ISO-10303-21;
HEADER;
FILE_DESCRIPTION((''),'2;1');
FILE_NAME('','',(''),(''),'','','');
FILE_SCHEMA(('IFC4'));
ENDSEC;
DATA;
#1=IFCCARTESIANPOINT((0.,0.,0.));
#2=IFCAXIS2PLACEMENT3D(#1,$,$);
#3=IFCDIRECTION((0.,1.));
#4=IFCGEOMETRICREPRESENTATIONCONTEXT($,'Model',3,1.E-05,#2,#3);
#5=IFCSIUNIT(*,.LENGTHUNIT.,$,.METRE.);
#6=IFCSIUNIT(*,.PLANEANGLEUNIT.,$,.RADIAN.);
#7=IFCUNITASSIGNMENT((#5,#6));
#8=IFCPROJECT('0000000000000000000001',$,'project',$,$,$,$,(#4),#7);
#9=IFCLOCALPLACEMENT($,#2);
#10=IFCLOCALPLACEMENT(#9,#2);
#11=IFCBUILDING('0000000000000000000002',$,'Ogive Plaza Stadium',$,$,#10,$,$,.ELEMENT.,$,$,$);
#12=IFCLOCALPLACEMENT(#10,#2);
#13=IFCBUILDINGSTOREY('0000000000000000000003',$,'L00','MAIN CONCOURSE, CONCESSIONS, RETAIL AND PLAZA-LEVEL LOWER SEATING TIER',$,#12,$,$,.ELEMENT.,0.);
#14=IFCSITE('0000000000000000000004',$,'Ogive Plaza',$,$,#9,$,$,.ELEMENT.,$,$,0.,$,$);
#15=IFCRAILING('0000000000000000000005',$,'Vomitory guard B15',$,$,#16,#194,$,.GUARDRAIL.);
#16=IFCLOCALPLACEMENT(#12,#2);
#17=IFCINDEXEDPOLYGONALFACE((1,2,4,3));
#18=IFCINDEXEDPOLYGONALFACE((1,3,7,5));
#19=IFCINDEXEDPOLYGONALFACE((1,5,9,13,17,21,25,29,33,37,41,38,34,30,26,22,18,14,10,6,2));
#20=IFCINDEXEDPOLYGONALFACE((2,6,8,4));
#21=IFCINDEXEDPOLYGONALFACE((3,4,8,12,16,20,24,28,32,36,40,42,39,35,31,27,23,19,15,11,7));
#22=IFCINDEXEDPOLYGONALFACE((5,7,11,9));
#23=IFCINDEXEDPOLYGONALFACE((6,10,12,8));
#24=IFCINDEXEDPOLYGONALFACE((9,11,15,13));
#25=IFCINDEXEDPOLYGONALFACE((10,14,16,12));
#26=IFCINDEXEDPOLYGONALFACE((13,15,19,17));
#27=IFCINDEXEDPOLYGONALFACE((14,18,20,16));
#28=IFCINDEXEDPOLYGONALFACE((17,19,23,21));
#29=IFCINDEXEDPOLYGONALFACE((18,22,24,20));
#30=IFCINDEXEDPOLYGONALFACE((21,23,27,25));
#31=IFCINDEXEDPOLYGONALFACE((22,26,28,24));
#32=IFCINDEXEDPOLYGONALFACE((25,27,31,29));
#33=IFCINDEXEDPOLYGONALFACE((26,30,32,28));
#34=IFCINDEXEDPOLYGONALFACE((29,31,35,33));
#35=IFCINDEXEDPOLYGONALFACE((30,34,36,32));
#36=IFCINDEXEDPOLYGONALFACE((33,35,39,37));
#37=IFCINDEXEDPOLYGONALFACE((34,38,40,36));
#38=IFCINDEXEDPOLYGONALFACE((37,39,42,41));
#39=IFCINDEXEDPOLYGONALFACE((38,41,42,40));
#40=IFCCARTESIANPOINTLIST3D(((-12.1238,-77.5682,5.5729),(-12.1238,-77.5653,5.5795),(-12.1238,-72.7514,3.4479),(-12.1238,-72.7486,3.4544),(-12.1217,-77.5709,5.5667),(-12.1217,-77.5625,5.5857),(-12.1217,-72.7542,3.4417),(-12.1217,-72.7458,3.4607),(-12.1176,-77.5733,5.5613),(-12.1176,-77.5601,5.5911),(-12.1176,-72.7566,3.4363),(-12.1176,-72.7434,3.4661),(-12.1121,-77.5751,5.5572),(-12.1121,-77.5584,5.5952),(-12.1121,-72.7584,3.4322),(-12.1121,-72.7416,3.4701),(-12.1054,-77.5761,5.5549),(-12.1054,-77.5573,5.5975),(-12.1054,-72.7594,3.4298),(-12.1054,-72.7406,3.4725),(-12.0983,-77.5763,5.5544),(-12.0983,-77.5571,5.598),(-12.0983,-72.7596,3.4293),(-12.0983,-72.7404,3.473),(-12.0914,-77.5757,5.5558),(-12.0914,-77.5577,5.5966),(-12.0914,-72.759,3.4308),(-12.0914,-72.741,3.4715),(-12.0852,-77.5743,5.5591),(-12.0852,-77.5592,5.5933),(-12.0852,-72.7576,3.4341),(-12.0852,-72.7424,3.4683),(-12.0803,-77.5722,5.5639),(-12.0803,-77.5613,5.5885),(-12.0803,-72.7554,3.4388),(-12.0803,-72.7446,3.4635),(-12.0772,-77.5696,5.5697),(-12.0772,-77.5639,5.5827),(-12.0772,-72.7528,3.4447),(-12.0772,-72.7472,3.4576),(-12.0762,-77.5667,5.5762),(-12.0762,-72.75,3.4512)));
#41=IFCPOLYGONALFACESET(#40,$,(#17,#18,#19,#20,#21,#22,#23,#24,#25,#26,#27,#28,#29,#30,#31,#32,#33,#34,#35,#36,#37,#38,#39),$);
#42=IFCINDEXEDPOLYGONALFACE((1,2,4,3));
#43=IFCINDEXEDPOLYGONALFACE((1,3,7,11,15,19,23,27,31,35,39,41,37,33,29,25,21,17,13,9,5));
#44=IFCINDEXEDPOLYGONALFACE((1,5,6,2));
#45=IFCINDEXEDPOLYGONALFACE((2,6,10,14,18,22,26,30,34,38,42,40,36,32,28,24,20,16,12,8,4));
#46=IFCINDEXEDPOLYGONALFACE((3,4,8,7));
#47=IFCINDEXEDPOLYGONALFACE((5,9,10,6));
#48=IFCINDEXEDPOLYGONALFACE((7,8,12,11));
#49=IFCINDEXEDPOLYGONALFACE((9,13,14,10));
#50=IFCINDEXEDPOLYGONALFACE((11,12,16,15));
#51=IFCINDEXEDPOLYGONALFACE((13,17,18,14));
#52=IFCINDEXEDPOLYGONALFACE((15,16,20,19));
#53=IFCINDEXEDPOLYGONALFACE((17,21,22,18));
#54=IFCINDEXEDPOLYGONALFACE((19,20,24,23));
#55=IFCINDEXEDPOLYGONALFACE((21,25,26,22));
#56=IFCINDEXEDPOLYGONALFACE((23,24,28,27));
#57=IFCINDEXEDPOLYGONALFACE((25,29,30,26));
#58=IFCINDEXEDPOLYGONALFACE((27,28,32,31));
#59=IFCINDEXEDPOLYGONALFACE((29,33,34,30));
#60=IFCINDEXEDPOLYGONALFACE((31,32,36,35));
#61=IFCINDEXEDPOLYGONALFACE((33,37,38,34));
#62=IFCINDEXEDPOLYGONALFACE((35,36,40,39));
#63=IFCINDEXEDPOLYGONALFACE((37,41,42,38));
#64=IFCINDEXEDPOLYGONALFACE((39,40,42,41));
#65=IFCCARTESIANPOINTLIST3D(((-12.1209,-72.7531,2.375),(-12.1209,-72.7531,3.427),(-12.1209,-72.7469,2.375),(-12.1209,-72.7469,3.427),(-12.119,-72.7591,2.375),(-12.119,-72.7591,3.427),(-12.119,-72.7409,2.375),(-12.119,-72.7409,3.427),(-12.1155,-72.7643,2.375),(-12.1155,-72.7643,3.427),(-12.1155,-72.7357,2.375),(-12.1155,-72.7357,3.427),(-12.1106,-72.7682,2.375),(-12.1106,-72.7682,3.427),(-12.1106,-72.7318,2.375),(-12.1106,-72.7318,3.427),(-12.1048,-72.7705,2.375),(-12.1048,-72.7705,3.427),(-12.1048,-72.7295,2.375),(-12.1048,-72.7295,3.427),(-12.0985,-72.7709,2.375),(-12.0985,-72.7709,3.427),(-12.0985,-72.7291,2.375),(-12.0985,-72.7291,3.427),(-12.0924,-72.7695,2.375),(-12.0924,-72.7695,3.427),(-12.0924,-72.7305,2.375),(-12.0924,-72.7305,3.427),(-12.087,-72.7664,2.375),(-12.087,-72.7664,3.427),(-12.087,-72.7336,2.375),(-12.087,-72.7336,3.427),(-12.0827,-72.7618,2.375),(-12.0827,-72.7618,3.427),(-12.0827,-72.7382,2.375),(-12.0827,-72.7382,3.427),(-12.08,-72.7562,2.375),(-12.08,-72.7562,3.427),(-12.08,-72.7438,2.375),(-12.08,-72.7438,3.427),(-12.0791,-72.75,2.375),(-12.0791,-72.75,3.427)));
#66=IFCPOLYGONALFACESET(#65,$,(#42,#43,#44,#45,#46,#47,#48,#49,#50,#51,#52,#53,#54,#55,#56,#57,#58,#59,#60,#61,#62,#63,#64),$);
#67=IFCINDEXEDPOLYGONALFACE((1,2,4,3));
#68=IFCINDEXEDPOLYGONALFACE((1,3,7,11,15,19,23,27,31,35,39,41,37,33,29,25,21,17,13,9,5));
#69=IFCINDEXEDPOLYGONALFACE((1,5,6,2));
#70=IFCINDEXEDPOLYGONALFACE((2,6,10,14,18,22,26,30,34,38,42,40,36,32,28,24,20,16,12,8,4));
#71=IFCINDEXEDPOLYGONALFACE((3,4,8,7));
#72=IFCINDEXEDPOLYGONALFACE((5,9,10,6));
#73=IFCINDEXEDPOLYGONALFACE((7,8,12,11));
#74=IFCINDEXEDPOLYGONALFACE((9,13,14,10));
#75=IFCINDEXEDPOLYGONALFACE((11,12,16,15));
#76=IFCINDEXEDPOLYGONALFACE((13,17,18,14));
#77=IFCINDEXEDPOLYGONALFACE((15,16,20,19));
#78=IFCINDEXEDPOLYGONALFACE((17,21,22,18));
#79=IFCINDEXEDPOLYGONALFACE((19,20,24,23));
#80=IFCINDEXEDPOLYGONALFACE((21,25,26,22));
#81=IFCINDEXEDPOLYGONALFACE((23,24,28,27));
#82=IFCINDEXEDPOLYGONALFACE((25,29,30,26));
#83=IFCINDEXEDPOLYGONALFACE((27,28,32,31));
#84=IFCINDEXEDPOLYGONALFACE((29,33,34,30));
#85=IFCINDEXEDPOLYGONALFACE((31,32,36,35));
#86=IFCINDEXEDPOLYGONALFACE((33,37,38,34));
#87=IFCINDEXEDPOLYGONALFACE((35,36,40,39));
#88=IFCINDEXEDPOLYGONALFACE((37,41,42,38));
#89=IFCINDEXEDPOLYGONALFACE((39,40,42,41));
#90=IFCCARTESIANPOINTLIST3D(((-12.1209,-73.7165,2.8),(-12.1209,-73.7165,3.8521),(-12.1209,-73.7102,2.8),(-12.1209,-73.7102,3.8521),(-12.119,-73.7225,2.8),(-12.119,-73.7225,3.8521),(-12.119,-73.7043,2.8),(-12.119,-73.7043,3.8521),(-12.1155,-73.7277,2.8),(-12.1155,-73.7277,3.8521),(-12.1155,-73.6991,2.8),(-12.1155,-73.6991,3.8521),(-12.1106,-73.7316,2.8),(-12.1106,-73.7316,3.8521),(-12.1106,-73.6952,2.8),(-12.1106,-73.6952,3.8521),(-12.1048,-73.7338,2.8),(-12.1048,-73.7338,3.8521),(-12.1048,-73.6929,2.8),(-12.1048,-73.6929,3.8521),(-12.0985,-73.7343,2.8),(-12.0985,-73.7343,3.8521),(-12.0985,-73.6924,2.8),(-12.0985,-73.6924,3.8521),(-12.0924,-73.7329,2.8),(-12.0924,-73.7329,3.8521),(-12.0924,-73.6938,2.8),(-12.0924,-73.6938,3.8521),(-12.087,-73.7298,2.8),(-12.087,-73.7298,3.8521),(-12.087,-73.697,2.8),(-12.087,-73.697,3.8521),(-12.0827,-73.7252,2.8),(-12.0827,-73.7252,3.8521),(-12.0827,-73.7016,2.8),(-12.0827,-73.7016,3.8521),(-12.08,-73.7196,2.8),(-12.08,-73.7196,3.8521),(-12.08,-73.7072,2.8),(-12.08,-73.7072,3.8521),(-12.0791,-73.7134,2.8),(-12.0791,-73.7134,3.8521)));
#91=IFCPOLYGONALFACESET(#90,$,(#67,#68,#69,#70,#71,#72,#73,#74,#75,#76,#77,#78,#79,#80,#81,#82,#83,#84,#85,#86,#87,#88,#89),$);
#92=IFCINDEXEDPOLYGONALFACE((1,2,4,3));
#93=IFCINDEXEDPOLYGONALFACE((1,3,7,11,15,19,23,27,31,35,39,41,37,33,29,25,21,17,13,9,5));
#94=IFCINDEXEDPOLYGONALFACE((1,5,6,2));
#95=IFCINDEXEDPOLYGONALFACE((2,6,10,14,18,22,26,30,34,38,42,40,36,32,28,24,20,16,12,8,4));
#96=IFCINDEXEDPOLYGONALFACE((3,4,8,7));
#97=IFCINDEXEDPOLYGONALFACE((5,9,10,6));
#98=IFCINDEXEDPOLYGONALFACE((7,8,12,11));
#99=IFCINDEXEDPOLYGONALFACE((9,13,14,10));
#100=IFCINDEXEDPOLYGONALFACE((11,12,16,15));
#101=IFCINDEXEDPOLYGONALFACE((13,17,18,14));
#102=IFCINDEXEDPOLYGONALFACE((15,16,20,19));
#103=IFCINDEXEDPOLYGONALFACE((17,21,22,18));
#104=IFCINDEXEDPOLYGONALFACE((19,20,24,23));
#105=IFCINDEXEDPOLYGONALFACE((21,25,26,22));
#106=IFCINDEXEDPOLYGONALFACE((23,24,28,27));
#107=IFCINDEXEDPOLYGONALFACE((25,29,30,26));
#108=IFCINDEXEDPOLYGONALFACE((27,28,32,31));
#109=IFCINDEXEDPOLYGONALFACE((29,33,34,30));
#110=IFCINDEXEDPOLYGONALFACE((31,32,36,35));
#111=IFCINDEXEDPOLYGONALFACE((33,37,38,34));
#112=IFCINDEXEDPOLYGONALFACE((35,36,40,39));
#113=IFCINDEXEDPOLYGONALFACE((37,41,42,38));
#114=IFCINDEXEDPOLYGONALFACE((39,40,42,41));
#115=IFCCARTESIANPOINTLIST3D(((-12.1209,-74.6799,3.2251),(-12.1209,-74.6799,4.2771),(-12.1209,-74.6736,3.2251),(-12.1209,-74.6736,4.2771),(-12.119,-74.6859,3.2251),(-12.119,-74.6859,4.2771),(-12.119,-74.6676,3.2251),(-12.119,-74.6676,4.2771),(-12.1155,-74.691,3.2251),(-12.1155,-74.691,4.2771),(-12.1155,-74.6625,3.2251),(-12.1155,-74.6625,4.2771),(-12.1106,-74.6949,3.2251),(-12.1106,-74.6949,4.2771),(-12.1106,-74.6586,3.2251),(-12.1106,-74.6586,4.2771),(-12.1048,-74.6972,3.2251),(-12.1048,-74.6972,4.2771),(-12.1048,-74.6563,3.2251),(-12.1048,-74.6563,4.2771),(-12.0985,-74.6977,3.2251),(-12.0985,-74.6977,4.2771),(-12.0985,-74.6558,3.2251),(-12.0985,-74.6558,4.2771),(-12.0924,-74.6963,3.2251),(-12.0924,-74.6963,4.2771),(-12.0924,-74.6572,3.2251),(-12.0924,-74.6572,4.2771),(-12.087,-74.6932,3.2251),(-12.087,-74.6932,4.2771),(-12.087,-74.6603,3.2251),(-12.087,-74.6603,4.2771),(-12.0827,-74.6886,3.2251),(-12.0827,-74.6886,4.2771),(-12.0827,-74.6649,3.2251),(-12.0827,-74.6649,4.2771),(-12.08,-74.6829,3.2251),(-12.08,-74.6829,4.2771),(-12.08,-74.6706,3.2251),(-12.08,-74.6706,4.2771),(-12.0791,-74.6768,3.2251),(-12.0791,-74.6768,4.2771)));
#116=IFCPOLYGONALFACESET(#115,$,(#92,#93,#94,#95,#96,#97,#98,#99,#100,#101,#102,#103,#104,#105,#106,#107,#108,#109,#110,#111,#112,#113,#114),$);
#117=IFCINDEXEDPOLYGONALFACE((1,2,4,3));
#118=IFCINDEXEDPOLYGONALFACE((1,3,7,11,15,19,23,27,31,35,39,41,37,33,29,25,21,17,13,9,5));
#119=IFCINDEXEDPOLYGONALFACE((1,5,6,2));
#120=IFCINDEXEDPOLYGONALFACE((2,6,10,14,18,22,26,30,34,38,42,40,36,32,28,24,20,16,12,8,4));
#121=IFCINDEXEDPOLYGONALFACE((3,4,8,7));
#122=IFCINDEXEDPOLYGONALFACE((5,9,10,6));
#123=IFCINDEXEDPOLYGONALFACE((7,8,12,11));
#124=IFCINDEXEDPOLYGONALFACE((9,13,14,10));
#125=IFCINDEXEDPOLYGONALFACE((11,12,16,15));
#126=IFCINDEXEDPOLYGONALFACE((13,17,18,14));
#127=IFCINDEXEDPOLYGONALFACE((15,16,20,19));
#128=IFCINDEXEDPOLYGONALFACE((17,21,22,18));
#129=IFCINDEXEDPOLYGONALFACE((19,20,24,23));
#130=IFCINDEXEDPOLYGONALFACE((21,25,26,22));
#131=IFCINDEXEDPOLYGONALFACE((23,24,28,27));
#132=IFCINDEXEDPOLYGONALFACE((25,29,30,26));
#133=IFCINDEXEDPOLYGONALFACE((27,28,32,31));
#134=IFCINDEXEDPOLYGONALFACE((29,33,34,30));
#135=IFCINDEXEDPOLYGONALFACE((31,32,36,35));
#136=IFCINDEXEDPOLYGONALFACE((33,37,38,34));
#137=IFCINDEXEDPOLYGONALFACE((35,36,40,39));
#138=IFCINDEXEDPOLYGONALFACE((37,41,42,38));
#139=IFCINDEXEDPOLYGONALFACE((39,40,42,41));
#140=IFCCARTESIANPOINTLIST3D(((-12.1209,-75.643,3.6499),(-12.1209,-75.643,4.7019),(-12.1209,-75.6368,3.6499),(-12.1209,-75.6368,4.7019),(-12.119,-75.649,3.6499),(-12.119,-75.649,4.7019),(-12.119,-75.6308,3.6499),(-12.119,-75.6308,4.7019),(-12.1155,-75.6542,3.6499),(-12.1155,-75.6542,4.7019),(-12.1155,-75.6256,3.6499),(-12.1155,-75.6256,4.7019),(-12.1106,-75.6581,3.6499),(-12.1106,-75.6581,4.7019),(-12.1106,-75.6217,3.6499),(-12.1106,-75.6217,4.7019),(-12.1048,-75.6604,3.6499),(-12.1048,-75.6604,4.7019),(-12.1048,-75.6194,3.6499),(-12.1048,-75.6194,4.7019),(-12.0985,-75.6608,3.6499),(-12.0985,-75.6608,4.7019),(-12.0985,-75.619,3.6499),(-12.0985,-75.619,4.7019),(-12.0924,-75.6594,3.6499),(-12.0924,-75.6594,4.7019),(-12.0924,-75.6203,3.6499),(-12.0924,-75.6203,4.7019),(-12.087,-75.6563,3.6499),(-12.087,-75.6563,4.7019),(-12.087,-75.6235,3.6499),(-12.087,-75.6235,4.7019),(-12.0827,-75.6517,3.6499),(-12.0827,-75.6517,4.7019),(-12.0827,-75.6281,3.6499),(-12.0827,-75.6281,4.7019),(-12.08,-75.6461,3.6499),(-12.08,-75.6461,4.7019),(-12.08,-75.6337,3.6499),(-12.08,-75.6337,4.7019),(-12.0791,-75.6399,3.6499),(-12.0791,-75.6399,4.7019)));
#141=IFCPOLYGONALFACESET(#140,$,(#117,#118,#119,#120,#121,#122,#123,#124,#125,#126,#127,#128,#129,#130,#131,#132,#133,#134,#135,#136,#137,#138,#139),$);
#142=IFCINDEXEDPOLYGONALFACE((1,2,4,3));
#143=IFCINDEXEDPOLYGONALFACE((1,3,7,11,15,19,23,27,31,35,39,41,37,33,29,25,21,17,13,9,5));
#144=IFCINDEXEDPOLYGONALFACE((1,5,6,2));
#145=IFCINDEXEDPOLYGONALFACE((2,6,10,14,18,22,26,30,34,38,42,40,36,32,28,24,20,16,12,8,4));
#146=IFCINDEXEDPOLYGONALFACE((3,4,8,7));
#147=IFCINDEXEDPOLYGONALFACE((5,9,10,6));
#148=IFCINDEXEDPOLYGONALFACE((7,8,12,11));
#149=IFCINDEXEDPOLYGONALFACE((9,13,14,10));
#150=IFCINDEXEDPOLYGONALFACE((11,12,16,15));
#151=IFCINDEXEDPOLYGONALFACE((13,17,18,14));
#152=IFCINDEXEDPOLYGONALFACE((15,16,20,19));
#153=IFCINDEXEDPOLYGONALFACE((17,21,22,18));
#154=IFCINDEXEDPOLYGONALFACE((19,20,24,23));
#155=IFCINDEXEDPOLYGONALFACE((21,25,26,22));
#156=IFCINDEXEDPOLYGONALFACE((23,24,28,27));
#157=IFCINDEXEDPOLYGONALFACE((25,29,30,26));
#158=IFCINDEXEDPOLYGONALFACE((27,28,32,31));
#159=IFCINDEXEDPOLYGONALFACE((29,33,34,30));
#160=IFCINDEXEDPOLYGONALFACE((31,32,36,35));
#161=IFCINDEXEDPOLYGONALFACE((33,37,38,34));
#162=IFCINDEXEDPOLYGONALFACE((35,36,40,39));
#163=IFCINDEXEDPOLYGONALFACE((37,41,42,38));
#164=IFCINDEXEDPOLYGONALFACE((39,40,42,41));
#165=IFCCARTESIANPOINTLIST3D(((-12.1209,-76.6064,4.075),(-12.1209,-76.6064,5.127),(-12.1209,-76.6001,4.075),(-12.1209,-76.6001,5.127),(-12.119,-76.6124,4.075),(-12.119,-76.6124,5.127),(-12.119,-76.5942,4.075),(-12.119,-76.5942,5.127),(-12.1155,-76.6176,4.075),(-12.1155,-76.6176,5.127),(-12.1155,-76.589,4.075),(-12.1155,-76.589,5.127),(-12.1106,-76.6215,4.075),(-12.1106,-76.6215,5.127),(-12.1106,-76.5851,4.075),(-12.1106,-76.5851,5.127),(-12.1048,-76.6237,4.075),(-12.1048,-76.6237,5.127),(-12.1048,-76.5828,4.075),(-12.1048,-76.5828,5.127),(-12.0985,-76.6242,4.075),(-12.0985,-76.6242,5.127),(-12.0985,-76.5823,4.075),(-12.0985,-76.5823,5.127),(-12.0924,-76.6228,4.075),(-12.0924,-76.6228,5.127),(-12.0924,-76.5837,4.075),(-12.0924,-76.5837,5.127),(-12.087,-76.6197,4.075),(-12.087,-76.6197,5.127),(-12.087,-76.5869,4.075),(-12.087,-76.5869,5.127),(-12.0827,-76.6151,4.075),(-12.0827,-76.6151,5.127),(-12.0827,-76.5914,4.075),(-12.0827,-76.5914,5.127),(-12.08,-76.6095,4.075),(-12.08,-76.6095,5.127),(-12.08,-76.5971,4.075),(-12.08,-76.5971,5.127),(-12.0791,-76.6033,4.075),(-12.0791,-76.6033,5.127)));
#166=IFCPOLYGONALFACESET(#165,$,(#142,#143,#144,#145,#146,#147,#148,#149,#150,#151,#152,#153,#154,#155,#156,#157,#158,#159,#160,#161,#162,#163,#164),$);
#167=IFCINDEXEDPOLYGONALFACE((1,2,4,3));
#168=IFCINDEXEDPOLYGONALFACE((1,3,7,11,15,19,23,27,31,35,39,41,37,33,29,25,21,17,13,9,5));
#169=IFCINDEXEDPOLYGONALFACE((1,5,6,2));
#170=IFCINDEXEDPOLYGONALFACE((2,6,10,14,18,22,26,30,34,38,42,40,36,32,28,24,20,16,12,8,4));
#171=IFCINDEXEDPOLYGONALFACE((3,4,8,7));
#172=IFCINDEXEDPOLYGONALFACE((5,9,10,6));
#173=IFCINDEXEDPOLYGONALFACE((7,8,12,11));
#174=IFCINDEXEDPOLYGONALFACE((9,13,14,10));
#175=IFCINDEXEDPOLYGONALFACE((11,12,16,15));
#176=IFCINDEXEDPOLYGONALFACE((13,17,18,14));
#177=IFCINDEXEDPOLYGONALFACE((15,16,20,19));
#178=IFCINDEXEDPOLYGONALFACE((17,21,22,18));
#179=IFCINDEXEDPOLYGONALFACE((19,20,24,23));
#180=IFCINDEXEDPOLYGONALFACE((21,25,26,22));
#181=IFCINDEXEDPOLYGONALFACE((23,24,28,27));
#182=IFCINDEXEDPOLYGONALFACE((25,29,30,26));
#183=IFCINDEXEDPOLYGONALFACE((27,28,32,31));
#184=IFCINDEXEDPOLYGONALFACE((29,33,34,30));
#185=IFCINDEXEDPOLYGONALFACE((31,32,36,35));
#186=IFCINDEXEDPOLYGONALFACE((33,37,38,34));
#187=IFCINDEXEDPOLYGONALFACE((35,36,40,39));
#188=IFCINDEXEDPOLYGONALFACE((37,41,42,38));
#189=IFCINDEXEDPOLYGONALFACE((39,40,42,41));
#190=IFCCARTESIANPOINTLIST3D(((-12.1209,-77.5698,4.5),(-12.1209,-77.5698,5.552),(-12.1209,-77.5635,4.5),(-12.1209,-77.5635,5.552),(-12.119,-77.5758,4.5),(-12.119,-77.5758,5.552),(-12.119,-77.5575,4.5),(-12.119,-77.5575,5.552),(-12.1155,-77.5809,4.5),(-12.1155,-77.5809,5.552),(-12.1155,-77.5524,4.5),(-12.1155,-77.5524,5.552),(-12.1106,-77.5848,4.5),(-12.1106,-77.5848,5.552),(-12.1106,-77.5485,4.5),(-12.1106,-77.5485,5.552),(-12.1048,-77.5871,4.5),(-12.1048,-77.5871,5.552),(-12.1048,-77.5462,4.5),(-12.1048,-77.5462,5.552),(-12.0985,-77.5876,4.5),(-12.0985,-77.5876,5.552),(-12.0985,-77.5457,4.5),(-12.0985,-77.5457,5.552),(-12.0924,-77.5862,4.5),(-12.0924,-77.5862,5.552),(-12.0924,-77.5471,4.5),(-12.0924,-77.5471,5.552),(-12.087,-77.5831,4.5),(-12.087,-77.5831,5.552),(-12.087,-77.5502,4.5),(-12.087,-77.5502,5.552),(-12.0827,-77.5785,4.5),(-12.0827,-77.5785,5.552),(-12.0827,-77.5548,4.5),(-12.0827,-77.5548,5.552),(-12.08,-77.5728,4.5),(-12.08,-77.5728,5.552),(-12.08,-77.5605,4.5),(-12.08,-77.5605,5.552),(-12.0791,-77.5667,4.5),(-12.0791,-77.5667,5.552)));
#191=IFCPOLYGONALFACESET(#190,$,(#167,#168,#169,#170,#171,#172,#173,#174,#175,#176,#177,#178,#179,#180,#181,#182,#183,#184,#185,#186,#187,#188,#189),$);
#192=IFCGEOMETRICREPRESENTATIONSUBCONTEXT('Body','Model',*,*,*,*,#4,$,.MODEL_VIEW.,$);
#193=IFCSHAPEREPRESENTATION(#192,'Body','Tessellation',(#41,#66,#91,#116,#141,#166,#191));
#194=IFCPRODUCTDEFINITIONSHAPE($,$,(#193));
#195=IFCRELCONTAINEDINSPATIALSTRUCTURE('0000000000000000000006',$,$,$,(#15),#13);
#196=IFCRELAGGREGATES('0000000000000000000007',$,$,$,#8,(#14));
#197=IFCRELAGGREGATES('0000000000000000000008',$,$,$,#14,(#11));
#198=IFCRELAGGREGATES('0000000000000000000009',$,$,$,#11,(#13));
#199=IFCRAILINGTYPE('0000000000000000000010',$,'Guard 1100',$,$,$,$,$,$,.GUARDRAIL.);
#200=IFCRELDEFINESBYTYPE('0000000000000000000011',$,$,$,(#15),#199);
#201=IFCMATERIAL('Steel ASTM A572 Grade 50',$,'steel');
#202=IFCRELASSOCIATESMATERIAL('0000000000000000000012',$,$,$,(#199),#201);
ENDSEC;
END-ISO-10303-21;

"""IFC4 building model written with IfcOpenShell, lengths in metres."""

from ifc_helpers import new_model, si_unit, direction, frame, origin, origin_2d, place, context, subcontext, project, spatial, circle, extrude, material, type_object, element, save


model = new_model("IFC4")

# Units and contexts
model_context = context("Model", 3, precision=1e-05, world=origin(), true_north=direction((0.0, 1.0)))
body_context = subcontext(model_context, "Body", "Model", "MODEL_VIEW")
ifc_project = project(units=[si_unit("LENGTHUNIT", "METRE"), si_unit("PLANEANGLEUNIT", "RADIAN")], contexts=[model_context])

# Site, building, storey
site_placement = place(None, origin())
site = spatial("IfcSite", under=ifc_project, at=site_placement, Name="Ogive Plaza", CompositionType="ELEMENT", RefElevation=0.0)
building_placement = place(site_placement, origin())
building = spatial("IfcBuilding", under=site, at=building_placement, Name="Ogive Plaza Stadium", CompositionType="ELEMENT")
storey_placement = place(building_placement, origin())
storey = spatial("IfcBuildingStorey", under=building, at=storey_placement, Name="L00", Description="MAIN CONCOURSE, CONCESSIONS, RETAIL AND PLAZA-LEVEL LOWER SEATING TIER", CompositionType="ELEMENT", Elevation=0.0)

# Railing
ifc_material_1 = material(Name="Steel ASTM A572 Grade 50", Category="steel")
railing_type = type_object("IfcRailingType", Name="Guard 1100", PredefinedType="GUARDRAIL", material=ifc_material_1)
railing_placement = place(storey_placement, frame((-12.1001, -72.75, 2.375)))
element("IfcRailing", 1, at=railing_placement, inside=storey, type_object=railing_type, Name="Vomitory guard B15", PredefinedType="GUARDRAIL", context=body_context, shape_type="SweptSolid", body=[
    extrude(circle(Radius=0.0239, at=origin_2d()), frame((0.0, 0.0, 1.0762), z_axis=(0.0, -0.914917, 0.403641), x_axis=(1.0, 0.0, 0.0)), (0.0, 0.0, 1.0), 5.2646),
    extrude(circle(Radius=0.021, at=origin_2d()), origin(), (0.0, 0.0, 1.0), 1.052),
    extrude(circle(Radius=0.021, at=origin_2d()), frame((0.0, -0.9634, 0.425)), (0.0, 0.0, 1.0), 1.052),
    extrude(circle(Radius=0.021, at=origin_2d()), frame((0.0, -1.9268, 0.8501)), (0.0, 0.0, 1.0), 1.052),
    extrude(circle(Radius=0.021, at=origin_2d()), frame((0.0, -2.8899, 1.2749)), (0.0, 0.0, 1.0), 1.052),
    extrude(circle(Radius=0.021, at=origin_2d()), frame((0.0, -3.8533, 1.7)), (0.0, 0.0, 1.0), 1.052),
    extrude(circle(Radius=0.021, at=origin_2d()), frame((0.0, -4.8167, 2.125)), (0.0, 0.0, 1.0), 1.052),
])

save(model, "model.ifc")
